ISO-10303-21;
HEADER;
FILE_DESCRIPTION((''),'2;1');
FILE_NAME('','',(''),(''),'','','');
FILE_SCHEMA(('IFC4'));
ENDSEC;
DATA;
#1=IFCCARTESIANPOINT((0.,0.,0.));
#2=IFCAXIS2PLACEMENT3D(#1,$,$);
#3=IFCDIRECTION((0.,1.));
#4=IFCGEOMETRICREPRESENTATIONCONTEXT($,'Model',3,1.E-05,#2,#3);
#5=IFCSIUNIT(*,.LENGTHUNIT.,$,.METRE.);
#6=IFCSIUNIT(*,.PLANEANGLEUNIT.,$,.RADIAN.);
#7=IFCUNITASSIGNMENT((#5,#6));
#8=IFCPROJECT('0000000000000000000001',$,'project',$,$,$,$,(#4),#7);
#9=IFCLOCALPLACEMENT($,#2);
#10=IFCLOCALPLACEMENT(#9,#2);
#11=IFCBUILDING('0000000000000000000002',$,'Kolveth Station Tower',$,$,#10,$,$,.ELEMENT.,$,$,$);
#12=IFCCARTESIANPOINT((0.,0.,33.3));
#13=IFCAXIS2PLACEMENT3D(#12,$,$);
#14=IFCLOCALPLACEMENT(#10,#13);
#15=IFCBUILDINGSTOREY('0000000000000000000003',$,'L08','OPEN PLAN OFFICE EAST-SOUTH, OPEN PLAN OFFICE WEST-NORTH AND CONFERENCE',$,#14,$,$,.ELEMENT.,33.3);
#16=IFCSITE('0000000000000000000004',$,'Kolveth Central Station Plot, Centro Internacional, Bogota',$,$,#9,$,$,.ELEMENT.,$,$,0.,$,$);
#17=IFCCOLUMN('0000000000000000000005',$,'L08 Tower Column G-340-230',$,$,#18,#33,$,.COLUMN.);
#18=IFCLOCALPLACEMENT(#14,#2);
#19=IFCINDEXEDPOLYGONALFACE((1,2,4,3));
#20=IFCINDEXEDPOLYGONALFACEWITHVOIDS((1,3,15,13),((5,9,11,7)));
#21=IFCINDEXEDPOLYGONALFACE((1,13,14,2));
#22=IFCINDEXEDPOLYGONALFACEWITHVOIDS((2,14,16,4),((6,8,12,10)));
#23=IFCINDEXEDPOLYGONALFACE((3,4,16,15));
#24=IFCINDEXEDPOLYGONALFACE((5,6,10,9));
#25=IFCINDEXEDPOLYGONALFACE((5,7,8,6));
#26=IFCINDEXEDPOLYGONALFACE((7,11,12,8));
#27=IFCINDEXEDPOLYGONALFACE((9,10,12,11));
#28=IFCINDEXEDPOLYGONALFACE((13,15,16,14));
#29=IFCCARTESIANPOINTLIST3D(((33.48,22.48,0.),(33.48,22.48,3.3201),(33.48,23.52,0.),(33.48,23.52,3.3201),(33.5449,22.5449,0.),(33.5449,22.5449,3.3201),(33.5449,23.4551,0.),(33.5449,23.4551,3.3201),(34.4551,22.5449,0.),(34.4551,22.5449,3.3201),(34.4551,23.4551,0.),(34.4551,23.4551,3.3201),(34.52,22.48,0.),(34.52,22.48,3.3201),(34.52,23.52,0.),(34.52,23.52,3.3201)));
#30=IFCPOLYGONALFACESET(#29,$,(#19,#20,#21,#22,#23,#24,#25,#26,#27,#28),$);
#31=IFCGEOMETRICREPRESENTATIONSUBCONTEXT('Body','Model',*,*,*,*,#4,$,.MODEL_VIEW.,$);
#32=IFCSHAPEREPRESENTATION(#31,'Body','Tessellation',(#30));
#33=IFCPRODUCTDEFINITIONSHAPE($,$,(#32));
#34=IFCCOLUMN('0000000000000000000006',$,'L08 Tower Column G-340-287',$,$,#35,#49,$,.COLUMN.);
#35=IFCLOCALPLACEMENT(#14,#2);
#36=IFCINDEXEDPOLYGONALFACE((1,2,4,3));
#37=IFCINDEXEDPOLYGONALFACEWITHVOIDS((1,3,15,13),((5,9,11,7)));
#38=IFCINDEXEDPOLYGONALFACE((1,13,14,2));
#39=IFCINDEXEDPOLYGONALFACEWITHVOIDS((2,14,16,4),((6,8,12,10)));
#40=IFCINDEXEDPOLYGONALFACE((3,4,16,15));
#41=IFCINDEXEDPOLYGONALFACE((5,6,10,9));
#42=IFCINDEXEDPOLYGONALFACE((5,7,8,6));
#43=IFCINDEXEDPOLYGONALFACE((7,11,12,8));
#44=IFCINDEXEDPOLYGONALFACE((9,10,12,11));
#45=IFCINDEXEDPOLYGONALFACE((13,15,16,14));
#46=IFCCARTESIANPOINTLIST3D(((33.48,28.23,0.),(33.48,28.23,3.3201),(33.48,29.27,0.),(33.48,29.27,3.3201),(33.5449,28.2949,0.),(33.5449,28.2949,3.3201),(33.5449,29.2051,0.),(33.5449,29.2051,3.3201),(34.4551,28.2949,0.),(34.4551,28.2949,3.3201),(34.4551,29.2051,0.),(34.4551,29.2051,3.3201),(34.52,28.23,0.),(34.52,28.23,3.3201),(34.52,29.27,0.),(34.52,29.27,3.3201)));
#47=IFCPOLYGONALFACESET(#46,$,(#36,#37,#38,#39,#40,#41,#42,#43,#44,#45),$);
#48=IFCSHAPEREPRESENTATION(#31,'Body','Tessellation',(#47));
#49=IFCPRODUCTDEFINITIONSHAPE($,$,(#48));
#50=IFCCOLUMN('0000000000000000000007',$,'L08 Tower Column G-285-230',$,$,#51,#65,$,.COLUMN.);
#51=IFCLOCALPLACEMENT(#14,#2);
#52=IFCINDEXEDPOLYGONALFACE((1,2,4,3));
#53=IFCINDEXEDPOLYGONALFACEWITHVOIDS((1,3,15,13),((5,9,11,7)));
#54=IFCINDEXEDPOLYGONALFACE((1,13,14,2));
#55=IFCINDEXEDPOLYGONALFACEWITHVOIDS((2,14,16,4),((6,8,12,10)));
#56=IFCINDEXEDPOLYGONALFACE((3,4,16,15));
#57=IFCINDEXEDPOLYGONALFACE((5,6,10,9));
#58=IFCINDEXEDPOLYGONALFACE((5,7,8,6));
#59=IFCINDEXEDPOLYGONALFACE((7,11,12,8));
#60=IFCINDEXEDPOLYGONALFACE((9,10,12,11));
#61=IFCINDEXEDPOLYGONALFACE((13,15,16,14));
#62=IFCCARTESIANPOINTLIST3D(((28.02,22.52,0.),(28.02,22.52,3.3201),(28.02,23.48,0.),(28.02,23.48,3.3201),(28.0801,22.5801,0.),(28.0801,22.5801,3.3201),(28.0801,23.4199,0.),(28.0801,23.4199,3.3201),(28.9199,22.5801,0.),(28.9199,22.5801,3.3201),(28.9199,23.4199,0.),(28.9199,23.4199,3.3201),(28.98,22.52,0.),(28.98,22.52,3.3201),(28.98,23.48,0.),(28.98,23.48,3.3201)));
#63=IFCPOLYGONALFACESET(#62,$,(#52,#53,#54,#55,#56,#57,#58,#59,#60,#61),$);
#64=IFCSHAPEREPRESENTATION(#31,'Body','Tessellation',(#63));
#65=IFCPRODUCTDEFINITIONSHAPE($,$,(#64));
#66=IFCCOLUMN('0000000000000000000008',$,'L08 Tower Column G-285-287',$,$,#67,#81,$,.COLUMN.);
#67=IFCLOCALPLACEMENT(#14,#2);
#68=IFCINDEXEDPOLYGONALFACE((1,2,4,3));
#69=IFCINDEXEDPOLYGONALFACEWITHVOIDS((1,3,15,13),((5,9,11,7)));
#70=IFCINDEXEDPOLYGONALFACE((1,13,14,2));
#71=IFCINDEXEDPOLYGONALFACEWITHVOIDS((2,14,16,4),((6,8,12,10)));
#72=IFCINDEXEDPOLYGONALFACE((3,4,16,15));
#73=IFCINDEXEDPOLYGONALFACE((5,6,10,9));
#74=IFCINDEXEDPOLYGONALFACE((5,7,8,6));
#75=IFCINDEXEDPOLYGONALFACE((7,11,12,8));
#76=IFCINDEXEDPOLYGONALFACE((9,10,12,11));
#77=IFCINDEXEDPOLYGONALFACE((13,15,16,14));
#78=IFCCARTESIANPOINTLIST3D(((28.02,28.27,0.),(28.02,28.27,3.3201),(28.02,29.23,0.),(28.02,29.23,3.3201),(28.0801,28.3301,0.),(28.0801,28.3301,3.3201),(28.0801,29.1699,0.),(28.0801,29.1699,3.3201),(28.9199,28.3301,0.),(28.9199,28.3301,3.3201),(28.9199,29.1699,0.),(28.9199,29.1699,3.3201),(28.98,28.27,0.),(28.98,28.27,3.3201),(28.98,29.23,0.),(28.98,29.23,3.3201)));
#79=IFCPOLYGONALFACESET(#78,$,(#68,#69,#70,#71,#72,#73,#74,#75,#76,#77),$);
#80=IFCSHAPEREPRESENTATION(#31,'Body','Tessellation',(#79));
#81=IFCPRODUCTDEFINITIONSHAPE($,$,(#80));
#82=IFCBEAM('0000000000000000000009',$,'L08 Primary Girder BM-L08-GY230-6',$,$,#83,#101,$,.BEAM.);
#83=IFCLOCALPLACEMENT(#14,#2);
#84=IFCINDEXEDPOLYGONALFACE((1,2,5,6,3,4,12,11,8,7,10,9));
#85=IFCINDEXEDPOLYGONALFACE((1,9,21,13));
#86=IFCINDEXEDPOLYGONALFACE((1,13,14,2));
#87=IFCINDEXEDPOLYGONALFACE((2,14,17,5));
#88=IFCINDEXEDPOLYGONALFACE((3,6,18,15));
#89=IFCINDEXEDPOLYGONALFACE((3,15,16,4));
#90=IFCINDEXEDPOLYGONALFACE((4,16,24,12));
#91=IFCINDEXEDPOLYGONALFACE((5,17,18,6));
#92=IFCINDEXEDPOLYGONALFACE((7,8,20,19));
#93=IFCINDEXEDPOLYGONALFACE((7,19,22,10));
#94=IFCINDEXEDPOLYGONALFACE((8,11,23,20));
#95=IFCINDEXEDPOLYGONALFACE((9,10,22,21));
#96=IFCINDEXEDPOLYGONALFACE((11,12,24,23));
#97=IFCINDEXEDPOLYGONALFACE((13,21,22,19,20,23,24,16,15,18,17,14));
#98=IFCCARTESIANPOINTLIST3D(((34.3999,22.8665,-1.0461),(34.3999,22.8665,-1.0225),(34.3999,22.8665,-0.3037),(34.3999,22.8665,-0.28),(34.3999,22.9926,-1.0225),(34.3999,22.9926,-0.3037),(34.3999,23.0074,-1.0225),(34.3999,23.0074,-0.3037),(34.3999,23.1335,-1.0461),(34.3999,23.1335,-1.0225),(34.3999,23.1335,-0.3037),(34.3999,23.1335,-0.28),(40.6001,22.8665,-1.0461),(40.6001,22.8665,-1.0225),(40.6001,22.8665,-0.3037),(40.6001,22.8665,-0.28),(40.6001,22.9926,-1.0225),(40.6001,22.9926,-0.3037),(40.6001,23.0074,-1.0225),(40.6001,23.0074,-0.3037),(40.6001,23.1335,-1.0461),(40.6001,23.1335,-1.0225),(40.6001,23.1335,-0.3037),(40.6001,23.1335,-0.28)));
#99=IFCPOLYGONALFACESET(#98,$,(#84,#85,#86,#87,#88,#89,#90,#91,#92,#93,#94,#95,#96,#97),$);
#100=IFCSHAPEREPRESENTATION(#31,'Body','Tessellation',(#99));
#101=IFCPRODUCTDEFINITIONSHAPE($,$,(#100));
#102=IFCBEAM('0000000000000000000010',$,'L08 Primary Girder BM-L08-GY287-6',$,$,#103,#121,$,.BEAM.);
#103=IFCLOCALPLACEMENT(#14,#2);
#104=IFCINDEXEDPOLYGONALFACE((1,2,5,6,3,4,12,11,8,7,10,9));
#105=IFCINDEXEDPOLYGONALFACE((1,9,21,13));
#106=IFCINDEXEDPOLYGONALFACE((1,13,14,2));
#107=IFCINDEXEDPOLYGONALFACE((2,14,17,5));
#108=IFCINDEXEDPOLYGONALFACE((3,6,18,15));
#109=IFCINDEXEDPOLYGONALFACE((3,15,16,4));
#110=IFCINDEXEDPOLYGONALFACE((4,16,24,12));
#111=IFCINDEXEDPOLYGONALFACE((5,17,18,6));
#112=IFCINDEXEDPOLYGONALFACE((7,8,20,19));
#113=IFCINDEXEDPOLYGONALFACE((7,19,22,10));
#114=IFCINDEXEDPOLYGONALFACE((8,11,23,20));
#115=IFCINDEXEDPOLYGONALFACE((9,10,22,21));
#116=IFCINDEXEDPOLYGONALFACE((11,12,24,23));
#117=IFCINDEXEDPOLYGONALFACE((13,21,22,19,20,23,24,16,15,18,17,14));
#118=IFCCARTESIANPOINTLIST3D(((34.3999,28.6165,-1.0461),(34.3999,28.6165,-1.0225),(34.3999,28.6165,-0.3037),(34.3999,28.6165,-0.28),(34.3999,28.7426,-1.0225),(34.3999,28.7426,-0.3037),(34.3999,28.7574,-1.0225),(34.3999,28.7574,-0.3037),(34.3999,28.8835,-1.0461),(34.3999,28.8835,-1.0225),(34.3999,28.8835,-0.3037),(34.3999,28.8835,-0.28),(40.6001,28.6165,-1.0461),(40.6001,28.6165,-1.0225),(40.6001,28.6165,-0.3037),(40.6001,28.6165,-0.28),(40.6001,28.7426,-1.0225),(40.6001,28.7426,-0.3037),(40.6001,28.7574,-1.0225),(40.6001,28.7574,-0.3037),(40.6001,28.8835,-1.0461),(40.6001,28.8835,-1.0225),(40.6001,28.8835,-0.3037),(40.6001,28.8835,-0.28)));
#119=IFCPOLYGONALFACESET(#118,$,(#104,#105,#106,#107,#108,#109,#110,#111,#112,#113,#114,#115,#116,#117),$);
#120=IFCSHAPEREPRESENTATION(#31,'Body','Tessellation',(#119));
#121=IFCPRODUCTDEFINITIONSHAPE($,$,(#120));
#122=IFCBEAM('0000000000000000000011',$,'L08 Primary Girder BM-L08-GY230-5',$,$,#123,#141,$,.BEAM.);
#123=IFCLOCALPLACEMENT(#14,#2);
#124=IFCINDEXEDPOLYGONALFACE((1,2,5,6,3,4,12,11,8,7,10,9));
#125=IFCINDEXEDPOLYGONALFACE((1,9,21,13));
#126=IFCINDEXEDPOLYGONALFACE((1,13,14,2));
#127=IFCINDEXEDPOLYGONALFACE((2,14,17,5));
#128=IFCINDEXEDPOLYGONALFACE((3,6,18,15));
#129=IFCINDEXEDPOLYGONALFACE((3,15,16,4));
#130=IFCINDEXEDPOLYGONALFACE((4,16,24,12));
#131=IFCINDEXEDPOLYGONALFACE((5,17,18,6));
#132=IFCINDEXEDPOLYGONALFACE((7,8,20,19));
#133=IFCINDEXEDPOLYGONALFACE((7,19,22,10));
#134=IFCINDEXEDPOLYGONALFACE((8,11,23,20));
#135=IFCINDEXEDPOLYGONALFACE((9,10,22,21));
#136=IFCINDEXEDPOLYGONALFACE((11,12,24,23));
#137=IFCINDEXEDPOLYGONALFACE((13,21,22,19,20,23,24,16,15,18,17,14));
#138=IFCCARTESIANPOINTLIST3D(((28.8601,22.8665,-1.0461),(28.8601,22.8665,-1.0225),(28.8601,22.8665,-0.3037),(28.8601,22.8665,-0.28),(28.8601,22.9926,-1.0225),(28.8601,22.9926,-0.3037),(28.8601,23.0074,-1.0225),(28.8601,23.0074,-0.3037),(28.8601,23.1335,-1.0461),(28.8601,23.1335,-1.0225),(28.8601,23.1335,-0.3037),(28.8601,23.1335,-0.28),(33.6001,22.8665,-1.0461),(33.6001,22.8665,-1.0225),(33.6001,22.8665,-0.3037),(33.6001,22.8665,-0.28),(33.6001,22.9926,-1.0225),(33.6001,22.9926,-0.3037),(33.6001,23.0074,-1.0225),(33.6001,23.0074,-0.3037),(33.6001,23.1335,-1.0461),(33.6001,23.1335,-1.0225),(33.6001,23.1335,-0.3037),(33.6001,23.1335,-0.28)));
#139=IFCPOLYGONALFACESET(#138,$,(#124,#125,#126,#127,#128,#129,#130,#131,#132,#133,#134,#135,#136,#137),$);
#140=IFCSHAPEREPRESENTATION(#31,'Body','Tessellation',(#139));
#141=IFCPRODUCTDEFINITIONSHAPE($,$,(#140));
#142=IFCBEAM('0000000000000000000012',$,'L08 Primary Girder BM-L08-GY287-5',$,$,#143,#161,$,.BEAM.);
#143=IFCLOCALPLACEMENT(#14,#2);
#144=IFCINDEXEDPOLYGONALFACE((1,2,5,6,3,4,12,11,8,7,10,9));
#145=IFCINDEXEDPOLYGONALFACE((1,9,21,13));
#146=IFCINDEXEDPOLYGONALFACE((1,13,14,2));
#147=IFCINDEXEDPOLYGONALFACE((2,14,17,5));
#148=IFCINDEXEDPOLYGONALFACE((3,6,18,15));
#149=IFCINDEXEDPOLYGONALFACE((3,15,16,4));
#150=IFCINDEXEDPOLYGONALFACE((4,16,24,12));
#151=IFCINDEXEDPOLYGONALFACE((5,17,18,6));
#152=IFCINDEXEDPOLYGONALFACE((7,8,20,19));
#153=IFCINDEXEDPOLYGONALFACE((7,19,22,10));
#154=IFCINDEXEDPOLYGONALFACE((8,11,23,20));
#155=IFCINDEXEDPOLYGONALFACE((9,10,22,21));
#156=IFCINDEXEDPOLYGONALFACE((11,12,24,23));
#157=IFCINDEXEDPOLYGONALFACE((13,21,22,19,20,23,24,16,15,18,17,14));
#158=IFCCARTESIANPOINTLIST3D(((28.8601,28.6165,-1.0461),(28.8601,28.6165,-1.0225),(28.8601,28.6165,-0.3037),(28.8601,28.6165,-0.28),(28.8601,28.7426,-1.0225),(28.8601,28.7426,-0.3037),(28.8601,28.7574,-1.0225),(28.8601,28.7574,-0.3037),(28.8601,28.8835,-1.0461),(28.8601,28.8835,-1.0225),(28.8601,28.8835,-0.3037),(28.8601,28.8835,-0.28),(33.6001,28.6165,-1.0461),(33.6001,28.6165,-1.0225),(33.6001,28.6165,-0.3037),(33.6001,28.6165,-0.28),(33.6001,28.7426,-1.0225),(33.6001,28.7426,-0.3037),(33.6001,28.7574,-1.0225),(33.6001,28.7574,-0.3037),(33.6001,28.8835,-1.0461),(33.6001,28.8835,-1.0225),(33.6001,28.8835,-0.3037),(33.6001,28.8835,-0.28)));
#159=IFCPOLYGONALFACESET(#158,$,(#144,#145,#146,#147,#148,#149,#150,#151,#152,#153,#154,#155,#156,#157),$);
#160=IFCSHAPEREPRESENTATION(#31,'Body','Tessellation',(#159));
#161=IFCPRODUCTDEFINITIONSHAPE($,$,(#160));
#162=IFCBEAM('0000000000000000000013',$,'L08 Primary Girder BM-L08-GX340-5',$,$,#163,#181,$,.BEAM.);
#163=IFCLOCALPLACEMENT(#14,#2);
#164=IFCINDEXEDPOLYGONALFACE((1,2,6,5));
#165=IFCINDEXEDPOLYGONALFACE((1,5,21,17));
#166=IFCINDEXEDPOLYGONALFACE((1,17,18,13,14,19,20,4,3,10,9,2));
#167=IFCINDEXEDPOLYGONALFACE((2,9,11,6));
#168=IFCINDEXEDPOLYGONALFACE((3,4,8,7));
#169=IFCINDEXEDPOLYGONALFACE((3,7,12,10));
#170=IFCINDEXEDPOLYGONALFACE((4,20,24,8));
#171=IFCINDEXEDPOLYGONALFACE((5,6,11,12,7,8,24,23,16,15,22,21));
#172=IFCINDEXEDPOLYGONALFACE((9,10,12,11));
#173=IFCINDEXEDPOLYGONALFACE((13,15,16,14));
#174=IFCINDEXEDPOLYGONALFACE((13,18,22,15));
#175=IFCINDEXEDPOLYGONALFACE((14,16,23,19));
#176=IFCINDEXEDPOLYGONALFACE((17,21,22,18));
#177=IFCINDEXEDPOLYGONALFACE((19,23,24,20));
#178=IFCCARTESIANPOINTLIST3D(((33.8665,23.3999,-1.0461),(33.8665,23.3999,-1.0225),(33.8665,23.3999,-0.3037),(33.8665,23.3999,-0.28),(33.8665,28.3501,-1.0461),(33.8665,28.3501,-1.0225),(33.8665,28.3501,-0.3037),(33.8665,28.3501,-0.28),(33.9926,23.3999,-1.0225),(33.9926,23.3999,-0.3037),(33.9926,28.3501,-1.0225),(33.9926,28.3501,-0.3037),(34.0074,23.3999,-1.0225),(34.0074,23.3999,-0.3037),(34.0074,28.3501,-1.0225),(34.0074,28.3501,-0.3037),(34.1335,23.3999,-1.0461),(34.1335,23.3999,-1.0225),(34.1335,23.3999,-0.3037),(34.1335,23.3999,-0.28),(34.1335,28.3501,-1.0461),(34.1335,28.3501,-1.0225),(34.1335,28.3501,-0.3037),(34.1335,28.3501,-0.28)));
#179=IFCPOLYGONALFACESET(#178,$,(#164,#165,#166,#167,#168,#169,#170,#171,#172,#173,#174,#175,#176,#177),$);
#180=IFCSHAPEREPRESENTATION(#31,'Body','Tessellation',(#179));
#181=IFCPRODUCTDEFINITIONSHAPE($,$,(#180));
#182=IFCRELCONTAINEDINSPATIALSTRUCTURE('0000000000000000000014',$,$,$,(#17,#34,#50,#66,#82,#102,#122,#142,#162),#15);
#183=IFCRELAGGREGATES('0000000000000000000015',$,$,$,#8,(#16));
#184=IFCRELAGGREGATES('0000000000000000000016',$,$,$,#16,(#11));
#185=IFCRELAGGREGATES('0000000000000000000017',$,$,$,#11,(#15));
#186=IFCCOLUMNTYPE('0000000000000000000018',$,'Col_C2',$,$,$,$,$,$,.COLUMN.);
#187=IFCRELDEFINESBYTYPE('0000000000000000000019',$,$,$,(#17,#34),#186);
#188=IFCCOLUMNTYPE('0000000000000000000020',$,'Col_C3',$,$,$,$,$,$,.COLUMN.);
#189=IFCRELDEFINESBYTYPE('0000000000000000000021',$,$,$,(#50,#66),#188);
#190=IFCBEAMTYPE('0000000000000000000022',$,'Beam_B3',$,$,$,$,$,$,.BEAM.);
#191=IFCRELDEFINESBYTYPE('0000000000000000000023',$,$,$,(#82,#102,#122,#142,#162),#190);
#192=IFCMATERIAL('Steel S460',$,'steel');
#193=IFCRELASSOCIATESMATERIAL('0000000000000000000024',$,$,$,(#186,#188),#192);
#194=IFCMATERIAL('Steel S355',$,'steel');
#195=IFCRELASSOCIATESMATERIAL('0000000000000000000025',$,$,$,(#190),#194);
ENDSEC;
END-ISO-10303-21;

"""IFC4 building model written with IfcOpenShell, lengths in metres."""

from ifc_helpers import new_model, si_unit, direction, frame, origin, origin_2d, place, context, subcontext, project, spatial, hollow_rectangle, i_section, extrude, source, transform, mapped, material, material_profile, profile_set, type_object, element, save


model = new_model("IFC4")

# Units and contexts
model_context = context("Model", 3, precision=1e-05, world=origin(), true_north=direction((0.0, 1.0)))
body_context = subcontext(model_context, "Body", "Model", "MODEL_VIEW")
ifc_project = project(units=[si_unit("LENGTHUNIT", "METRE"), si_unit("PLANEANGLEUNIT", "RADIAN")], contexts=[model_context])

# Site, building, storey
site_placement = place(None, origin())
site = spatial("IfcSite", under=ifc_project, at=site_placement, Name="Kolveth Central Station Plot, Centro Internacional, Bogota", CompositionType="ELEMENT", RefElevation=0.0)
building_placement = place(site_placement, origin())
building = spatial("IfcBuilding", under=site, at=building_placement, Name="Kolveth Station Tower", CompositionType="ELEMENT")
storey_placement = place(building_placement, frame((0.0, 0.0, 33.3)))
storey = spatial("IfcBuildingStorey", under=building, at=storey_placement, Name="L08", Description="OPEN PLAN OFFICE EAST-SOUTH, OPEN PLAN OFFICE WEST-NORTH AND CONFERENCE", CompositionType="ELEMENT", Elevation=33.3)

# Columns
ifc_material_1 = material(Name="Steel S460", Category="steel")
ifc_material_profile_1 = material_profile(ifc_material_1, hollow_rectangle(XDim=1.04, YDim=1.04, WallThickness=0.0649, at=origin_2d()), Name="BOX1040x1040x65")
ifc_profile_set_1 = profile_set([ifc_material_profile_1], Name="Steel S460")
column_type_1 = type_object("IfcColumnType", Name="Col_C2", PredefinedType="COLUMN", material=ifc_profile_set_1)
shared_shape_1 = source(origin(), body_context, "Body", "SweptSolid", [
    extrude(hollow_rectangle(XDim=1.04, YDim=1.04, WallThickness=0.0649, at=origin_2d()), origin(), (0.0, 0.0, 1.0), 3.3201),
])
for number, where, z_axis, x_axis, name in (
    (1, (34.0, 23.0, 0.0), (0.0, 0.0, 1.0), (1.0, 0.0, 0.0), "L08 Tower Column G-340-230"),
    (2, (34.0, 28.75, 0.0), (0.0, 0.0, 1.0), (1.0, 0.0, 0.0), "L08 Tower Column G-340-287"),
):
    element("IfcColumn", number, at=place(storey_placement, frame(where, z_axis=z_axis, x_axis=x_axis)), inside=storey, type_object=column_type_1, Name=name, PredefinedType="COLUMN", context=body_context, shape_type="MappedRepresentation", body=[
        mapped(shared_shape_1, transform((0.0, 0.0, 0.0), x_axis=(1.0, 0.0, 0.0), y_axis=(0.0, 1.0, 0.0), z_axis=(0.0, 0.0, 1.0), scale=1.0)),
    ])
ifc_material_profile_2 = material_profile(ifc_material_1, hollow_rectangle(XDim=0.96, YDim=0.96, WallThickness=0.0601, at=origin_2d()), Name="BOX960x960x60")
ifc_profile_set_2 = profile_set([ifc_material_profile_2], Name="Steel S460")
column_type_2 = type_object("IfcColumnType", Name="Col_C3", PredefinedType="COLUMN", material=ifc_profile_set_2)
shared_shape_2 = source(origin(), body_context, "Body", "SweptSolid", [
    extrude(hollow_rectangle(XDim=0.96, YDim=0.96, WallThickness=0.0601, at=origin_2d()), origin(), (0.0, 0.0, 1.0), 3.3201),
])
for number, where, z_axis, x_axis, name in (
    (3, (28.5, 23.0, 0.0), (0.0, 0.0, 1.0), (1.0, 0.0, 0.0), "L08 Tower Column G-285-230"),
    (4, (28.5, 28.75, 0.0), (0.0, 0.0, 1.0), (1.0, 0.0, 0.0), "L08 Tower Column G-285-287"),
):
    element("IfcColumn", number, at=place(storey_placement, frame(where, z_axis=z_axis, x_axis=x_axis)), inside=storey, type_object=column_type_2, Name=name, PredefinedType="COLUMN", context=body_context, shape_type="MappedRepresentation", body=[
        mapped(shared_shape_2, transform((0.0, 0.0, 0.0), x_axis=(1.0, 0.0, 0.0), y_axis=(0.0, 1.0, 0.0), z_axis=(0.0, 0.0, 1.0), scale=1.0)),
    ])

# Beams
ifc_material_2 = material(Name="Steel S355", Category="steel")
ifc_material_profile_3 = material_profile(ifc_material_2, i_section(OverallWidth=0.2671, OverallDepth=0.7661, WebThickness=0.0149, FlangeThickness=0.0237, at=origin_2d()), Name="W760x185")
ifc_profile_set_3 = profile_set([ifc_material_profile_3], Name="Steel S355")
beam_type_1 = type_object("IfcBeamType", Name="Beam_B3", PredefinedType="BEAM", material=ifc_profile_set_3)
shared_shape_3 = source(origin(), body_context, "Body", "SweptSolid", [
    extrude(i_section(OverallWidth=0.2671, OverallDepth=0.7661, WebThickness=0.0149, FlangeThickness=0.0237, at=origin_2d()), origin(), (0.0, 0.0, 1.0), 6.2002),
])
for number, where, z_axis, x_axis, name in (
    (5, (34.3999, 23.0, -0.6631), (1.0, 0.0, 0.0), (0.0, 1.0, 0.0), "L08 Primary Girder BM-L08-GY230-6"),
    (6, (34.3999, 28.75, -0.6631), (1.0, 0.0, 0.0), (0.0, 1.0, 0.0), "L08 Primary Girder BM-L08-GY287-6"),
):
    element("IfcBeam", number, at=place(storey_placement, frame(where, z_axis=z_axis, x_axis=x_axis)), inside=storey, type_object=beam_type_1, Name=name, PredefinedType="BEAM", context=body_context, shape_type="MappedRepresentation", body=[
        mapped(shared_shape_3, transform((0.0, 0.0, 0.0), x_axis=(1.0, 0.0, 0.0), y_axis=(0.0, 1.0, 0.0), z_axis=(0.0, 0.0, 1.0), scale=1.0)),
    ])
shared_shape_4 = source(origin(), body_context, "Body", "SweptSolid", [
    extrude(i_section(OverallWidth=0.2671, OverallDepth=0.7661, WebThickness=0.0149, FlangeThickness=0.0237, at=origin_2d()), origin(), (0.0, 0.0, 1.0), 4.74),
])
for number, where, z_axis, x_axis, name in (
    (7, (28.8601, 23.0, -0.6631), (1.0, 0.0, 0.0), (0.0, 1.0, 0.0), "L08 Primary Girder BM-L08-GY230-5"),
    (8, (28.8601, 28.75, -0.6631), (1.0, 0.0, 0.0), (0.0, 1.0, 0.0), "L08 Primary Girder BM-L08-GY287-5"),
):
    element("IfcBeam", number, at=place(storey_placement, frame(where, z_axis=z_axis, x_axis=x_axis)), inside=storey, type_object=beam_type_1, Name=name, PredefinedType="BEAM", context=body_context, shape_type="MappedRepresentation", body=[
        mapped(shared_shape_4, transform((0.0, 0.0, 0.0), x_axis=(1.0, 0.0, 0.0), y_axis=(0.0, 1.0, 0.0), z_axis=(0.0, 0.0, 1.0), scale=1.0)),
    ])
shared_shape_5 = source(origin(), body_context, "Body", "SweptSolid", [
    extrude(i_section(OverallWidth=0.2671, OverallDepth=0.7661, WebThickness=0.0149, FlangeThickness=0.0237, at=origin_2d()), origin(), (0.0, 0.0, 1.0), 4.9502),
])
beam_1_placement = place(storey_placement, frame((34.0, 23.3999, -0.6631), z_axis=(0.0, 1.0, 0.0), x_axis=(-1.0, 0.0, 0.0)))
element("IfcBeam", 9, at=beam_1_placement, inside=storey, type_object=beam_type_1, Name="L08 Primary Girder BM-L08-GX340-5", PredefinedType="BEAM", context=body_context, shape_type="MappedRepresentation", body=[
    mapped(shared_shape_5, transform((0.0, 0.0, 0.0), x_axis=(1.0, 0.0, 0.0), y_axis=(0.0, 1.0, 0.0), z_axis=(0.0, 0.0, 1.0), scale=1.0)),
])

save(model, "model.ifc")
